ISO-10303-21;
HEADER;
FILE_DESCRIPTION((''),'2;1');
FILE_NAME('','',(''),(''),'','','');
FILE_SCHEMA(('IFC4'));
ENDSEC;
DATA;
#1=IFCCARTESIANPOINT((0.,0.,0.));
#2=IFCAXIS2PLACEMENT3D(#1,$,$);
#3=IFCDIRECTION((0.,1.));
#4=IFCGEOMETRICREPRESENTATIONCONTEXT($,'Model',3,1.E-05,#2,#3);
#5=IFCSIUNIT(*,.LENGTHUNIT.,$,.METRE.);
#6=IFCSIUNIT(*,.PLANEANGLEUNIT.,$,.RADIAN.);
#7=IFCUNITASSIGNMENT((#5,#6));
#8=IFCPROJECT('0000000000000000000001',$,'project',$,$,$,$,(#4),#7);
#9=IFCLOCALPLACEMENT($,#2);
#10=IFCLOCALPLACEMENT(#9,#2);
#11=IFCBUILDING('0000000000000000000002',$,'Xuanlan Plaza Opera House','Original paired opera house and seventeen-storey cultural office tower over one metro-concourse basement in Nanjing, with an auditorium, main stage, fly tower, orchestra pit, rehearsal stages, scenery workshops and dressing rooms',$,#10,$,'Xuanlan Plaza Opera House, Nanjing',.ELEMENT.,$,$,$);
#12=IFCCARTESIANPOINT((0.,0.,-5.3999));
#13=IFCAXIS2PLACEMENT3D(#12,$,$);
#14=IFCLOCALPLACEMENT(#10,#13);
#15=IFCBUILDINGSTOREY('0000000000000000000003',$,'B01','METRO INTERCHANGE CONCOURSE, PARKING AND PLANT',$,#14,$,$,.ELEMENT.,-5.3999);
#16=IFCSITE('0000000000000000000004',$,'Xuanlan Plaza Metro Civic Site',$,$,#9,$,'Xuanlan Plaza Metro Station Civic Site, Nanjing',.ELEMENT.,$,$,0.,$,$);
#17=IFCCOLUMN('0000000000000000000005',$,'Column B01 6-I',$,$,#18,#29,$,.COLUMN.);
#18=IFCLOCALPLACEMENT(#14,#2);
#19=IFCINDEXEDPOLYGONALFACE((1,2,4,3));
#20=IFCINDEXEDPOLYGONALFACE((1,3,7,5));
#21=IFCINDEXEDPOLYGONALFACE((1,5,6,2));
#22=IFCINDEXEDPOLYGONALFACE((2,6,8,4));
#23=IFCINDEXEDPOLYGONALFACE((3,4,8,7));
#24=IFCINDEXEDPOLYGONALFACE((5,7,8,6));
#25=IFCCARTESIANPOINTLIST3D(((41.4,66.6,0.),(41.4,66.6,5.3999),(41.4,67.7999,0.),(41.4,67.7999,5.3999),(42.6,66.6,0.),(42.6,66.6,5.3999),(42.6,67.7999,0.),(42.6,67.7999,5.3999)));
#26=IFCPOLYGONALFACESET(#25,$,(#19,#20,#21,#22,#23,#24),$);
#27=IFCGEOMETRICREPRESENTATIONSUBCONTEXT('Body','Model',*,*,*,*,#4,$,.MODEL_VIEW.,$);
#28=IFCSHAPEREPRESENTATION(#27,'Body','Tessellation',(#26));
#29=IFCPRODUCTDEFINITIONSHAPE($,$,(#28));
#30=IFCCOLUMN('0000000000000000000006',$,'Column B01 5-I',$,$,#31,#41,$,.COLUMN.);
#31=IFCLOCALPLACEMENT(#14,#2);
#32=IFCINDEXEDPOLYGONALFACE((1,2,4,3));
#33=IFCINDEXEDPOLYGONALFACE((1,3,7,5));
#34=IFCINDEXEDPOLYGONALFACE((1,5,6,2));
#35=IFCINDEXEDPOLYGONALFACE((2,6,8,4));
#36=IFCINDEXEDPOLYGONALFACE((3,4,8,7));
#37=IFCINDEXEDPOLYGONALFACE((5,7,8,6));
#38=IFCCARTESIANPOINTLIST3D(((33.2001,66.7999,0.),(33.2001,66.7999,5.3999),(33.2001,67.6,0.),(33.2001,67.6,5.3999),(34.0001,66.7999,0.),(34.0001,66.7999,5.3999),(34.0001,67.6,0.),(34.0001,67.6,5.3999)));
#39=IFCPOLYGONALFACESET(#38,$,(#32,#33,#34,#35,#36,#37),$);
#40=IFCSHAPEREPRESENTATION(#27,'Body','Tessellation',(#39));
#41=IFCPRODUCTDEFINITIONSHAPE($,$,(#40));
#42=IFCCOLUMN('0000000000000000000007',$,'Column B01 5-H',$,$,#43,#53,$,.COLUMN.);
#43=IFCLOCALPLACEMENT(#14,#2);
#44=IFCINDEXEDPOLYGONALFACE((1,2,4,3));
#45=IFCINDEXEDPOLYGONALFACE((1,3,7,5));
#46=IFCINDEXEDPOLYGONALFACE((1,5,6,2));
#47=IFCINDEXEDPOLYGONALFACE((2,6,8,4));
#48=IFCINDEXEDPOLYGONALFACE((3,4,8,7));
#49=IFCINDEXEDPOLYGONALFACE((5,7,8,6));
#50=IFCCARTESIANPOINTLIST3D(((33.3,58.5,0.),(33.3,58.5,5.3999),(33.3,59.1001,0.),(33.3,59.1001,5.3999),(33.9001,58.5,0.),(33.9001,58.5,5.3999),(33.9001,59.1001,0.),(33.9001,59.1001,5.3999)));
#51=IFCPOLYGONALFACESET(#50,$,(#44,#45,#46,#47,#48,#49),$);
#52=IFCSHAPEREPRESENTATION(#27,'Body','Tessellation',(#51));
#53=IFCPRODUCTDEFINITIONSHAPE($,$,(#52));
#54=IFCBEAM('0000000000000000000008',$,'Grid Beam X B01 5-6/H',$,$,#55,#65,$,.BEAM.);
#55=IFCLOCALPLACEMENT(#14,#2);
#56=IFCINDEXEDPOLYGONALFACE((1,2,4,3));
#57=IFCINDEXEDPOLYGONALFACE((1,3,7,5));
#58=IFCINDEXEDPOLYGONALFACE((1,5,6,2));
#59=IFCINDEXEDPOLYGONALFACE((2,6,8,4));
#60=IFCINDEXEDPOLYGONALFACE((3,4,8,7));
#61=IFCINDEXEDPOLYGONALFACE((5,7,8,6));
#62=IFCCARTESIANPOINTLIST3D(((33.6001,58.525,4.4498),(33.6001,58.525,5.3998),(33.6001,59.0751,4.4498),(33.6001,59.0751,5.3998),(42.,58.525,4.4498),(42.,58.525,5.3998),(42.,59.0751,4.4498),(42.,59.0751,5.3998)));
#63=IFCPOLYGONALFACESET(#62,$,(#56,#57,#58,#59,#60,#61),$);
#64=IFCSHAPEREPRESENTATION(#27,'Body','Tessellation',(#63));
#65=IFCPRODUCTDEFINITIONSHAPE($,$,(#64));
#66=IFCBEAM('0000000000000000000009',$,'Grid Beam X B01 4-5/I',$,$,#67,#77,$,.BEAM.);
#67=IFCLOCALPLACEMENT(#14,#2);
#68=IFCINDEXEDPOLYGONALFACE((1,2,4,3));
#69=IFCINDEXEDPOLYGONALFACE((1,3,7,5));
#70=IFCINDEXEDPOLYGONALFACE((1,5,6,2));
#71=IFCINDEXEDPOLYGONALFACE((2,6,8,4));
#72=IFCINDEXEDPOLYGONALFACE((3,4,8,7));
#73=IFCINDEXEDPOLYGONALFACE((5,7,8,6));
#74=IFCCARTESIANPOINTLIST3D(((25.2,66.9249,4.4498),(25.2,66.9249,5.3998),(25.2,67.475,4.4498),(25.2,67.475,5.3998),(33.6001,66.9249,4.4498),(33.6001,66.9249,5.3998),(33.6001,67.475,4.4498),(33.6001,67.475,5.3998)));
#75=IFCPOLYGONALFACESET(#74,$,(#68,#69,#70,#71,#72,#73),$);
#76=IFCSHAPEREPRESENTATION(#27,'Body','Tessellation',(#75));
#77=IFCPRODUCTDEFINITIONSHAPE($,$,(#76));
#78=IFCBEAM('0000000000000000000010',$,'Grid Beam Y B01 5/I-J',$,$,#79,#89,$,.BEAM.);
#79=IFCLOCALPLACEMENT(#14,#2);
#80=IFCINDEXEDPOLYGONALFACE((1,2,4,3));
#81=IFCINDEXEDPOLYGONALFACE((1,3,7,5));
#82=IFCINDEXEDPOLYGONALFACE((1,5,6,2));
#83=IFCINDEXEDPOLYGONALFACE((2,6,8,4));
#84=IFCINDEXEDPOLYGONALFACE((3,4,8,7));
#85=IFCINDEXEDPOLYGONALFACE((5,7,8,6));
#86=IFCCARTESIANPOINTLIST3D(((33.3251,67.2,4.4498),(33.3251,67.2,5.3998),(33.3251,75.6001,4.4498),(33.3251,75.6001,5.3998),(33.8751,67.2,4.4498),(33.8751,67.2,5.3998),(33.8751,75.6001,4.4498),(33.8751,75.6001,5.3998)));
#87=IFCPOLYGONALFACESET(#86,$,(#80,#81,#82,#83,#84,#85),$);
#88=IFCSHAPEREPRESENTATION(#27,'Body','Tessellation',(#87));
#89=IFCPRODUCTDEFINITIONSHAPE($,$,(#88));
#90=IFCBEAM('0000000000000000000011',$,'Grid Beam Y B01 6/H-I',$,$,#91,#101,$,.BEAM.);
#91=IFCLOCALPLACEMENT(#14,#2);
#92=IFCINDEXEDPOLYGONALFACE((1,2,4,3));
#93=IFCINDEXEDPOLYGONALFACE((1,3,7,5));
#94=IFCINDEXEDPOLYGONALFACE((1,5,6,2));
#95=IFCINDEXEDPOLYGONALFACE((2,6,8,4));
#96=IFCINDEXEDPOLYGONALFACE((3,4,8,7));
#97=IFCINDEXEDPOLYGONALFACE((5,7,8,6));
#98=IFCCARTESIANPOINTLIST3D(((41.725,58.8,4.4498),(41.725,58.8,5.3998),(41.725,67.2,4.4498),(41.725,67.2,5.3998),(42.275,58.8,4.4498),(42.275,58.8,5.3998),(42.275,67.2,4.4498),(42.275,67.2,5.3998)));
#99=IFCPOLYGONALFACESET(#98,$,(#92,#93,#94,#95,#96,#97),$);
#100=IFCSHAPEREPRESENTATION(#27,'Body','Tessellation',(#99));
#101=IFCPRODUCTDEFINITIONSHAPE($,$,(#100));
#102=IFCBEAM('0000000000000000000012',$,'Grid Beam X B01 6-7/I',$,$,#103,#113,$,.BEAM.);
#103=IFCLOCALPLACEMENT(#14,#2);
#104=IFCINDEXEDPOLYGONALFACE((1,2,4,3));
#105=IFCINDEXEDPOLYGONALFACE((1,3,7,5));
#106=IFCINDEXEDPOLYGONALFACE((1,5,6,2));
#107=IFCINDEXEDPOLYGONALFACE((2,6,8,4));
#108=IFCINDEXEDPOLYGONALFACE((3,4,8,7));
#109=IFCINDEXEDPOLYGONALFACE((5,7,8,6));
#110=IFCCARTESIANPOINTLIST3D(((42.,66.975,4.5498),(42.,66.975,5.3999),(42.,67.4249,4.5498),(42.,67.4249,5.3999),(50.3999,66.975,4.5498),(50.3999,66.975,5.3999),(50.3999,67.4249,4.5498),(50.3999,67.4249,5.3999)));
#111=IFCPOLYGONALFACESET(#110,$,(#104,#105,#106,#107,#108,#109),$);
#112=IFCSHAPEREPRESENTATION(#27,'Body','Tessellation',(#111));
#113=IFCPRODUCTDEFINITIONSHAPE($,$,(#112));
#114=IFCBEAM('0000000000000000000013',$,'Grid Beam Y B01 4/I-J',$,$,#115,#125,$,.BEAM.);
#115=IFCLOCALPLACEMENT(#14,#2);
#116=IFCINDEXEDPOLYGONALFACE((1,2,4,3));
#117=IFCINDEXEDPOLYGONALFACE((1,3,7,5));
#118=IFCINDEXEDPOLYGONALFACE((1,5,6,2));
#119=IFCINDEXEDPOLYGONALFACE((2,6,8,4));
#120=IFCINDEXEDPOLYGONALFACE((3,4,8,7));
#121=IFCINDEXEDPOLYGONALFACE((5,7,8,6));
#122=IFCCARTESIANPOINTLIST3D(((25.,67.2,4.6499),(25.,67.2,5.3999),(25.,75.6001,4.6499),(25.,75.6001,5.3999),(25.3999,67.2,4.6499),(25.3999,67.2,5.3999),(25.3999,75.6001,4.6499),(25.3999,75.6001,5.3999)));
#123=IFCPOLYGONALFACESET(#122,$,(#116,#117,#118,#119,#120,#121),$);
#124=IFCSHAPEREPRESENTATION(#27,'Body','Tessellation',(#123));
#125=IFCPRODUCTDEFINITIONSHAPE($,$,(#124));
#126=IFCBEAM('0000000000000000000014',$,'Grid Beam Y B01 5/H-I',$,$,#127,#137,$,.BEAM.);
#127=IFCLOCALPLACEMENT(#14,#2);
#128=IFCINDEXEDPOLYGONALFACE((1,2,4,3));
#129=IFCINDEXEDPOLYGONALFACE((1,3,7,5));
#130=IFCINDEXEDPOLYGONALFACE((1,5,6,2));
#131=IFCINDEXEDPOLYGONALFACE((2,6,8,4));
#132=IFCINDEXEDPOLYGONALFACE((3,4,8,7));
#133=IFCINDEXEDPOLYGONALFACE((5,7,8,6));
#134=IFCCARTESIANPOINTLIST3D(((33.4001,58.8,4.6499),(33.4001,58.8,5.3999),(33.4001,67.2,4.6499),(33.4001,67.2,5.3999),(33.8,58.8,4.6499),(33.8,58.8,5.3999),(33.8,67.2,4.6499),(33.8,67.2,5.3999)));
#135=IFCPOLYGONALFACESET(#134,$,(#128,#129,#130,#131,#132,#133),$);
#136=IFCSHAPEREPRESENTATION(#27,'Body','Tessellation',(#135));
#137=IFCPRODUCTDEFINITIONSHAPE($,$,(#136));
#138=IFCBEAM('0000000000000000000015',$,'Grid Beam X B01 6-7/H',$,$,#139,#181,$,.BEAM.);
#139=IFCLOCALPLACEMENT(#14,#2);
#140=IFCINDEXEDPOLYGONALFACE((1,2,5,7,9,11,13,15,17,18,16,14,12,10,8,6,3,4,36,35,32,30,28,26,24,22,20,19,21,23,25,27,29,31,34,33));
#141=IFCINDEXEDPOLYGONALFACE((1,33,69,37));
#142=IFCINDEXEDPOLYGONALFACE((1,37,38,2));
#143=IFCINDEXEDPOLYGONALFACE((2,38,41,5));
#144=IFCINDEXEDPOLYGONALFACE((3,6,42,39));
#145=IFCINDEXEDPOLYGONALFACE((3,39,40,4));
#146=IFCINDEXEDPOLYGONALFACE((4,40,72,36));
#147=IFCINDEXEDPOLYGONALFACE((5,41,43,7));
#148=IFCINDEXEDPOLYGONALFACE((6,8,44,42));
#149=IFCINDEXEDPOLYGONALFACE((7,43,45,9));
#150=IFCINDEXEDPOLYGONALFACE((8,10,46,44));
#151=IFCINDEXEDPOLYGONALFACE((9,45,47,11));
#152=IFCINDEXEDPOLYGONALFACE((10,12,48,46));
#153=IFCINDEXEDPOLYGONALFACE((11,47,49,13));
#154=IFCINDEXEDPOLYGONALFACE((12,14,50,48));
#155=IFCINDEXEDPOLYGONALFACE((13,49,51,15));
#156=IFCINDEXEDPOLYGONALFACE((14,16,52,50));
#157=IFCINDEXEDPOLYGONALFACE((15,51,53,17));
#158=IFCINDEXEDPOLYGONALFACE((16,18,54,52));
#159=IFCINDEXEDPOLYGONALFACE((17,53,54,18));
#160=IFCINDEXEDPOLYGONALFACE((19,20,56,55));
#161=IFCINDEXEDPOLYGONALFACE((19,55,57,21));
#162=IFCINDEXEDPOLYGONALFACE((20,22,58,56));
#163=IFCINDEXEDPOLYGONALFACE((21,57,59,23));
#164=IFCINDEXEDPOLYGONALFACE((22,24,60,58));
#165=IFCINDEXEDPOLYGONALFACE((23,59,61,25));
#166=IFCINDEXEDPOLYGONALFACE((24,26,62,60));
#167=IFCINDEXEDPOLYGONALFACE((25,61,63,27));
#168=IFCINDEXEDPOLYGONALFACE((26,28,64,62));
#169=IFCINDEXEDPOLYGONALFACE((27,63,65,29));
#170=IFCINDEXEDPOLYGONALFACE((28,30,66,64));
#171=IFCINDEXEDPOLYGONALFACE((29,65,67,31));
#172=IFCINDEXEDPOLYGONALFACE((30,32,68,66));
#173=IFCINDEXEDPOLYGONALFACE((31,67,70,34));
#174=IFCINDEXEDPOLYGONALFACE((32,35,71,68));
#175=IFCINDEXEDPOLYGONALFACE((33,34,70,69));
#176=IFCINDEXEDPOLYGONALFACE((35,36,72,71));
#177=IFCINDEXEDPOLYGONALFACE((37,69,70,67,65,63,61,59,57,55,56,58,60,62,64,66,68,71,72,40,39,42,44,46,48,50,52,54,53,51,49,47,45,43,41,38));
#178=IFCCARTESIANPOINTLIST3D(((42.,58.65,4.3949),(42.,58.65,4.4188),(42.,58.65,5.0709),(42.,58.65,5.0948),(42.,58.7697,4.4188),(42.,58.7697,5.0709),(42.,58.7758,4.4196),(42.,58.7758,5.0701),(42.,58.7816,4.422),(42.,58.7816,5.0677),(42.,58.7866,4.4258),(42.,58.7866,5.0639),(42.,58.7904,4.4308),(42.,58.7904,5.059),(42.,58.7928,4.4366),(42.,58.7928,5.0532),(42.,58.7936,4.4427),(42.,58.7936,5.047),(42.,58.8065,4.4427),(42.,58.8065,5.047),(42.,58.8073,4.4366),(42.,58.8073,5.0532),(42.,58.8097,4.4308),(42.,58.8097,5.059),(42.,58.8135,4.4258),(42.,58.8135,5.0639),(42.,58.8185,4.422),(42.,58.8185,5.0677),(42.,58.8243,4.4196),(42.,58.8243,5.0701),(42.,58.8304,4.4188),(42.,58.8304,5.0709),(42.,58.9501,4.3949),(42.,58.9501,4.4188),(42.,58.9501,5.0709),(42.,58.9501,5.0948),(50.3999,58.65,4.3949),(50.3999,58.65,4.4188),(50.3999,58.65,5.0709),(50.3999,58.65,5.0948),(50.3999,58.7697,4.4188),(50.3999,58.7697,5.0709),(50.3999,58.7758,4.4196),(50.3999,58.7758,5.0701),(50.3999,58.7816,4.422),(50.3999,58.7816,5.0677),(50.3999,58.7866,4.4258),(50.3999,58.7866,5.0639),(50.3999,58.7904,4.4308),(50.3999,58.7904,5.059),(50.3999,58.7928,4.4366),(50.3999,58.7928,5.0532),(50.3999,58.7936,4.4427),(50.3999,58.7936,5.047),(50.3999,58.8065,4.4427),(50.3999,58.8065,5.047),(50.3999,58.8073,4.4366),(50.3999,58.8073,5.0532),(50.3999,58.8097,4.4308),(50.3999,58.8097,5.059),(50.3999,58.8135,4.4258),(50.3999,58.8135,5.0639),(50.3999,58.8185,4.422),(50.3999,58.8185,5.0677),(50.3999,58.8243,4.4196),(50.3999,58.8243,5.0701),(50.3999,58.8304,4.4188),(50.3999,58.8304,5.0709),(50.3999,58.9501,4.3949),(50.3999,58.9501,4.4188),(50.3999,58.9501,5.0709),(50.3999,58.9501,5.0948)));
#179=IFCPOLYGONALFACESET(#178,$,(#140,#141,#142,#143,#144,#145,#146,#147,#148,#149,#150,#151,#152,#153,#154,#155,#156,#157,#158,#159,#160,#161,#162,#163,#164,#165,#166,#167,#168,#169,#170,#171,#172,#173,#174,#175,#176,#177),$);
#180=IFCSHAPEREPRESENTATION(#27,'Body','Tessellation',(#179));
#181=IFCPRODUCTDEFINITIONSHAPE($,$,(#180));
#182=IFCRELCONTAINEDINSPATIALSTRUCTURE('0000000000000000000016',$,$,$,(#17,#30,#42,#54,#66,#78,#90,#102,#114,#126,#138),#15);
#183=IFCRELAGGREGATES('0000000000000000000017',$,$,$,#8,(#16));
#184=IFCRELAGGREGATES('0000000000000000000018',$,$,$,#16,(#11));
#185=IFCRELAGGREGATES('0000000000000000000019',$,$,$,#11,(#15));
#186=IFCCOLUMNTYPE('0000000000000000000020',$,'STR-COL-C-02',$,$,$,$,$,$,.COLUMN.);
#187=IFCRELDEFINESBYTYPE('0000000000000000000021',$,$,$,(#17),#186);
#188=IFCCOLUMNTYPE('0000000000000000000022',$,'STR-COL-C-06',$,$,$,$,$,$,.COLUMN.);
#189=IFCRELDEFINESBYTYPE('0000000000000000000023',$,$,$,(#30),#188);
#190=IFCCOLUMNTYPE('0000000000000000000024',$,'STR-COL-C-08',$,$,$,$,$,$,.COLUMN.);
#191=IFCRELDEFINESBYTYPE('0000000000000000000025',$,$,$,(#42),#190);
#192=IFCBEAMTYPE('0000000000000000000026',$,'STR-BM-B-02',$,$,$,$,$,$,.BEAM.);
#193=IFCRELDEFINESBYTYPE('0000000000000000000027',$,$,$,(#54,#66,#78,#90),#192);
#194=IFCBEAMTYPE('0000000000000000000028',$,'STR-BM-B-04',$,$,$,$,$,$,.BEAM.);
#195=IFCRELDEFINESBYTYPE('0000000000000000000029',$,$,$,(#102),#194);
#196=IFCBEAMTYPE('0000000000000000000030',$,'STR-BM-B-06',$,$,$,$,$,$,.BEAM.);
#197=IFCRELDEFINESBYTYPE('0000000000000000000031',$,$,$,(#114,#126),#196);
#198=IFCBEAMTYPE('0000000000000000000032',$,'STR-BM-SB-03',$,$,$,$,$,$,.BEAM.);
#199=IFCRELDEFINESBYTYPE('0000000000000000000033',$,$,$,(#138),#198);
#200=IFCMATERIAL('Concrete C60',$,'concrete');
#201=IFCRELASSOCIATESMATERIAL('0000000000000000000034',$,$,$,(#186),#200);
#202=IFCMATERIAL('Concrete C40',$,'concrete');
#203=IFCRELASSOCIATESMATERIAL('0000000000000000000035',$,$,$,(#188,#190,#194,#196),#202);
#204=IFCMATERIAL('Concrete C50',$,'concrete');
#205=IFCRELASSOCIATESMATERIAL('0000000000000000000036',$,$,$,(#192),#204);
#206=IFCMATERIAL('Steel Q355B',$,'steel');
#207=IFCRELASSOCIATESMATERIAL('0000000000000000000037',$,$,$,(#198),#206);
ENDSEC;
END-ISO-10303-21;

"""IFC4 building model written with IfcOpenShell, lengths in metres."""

from ifc_helpers import new_model, si_unit, direction, frame, origin, origin_2d, place, context, subcontext, project, spatial, rectangle, i_section, extrude, material, material_profile, profile_set, type_object, element, save


model = new_model("IFC4")

# Units and contexts
model_context = context("Model", 3, precision=1e-05, world=origin(), true_north=direction((0.0, 1.0)))
body_context = subcontext(model_context, "Body", "Model", "MODEL_VIEW")
ifc_project = project(units=[si_unit("LENGTHUNIT", "METRE"), si_unit("PLANEANGLEUNIT", "RADIAN")], contexts=[model_context])

# Site, building, storey
site_placement = place(None, origin())
site = spatial("IfcSite", under=ifc_project, at=site_placement, Name="Xuanlan Plaza Metro Civic Site", LongName="Xuanlan Plaza Metro Station Civic Site, Nanjing", CompositionType="ELEMENT", RefElevation=0.0)
building_placement = place(site_placement, origin())
building = spatial("IfcBuilding", under=site, at=building_placement, Name="Xuanlan Plaza Opera House", Description="Original paired opera house and seventeen-storey cultural office tower over one metro-concourse basement in Nanjing, with an auditorium, main stage, fly tower, orchestra pit, rehearsal stages, scenery workshops and dressing rooms", LongName="Xuanlan Plaza Opera House, Nanjing", CompositionType="ELEMENT")
storey_placement = place(building_placement, frame((0.0, 0.0, -5.3999)))
storey = spatial("IfcBuildingStorey", under=building, at=storey_placement, Name="B01", Description="METRO INTERCHANGE CONCOURSE, PARKING AND PLANT", CompositionType="ELEMENT", Elevation=-5.3999)

# Shared definitions
ifc_material_1 = material(Name="Concrete C40", Category="concrete")
ifc_material_2 = material(Name="Concrete C50", Category="concrete")

# Columns
ifc_material_3 = material(Name="Concrete C60", Category="concrete")
ifc_material_profile_1 = material_profile(ifc_material_3, rectangle(XDim=1.2, YDim=1.2, at=origin_2d()), Name="RC-COL 1200x1200")
ifc_profile_set_1 = profile_set([ifc_material_profile_1], Name="Concrete C60")
column_type_1 = type_object("IfcColumnType", Name="STR-COL-C-02", PredefinedType="COLUMN", material=ifc_profile_set_1)
for number, where, z_axis, x_axis, name in (
    (1, (42.0, 67.2, 0.0), (0.0, 0.0, 1.0), (1.0, 0.0, 0.0), "Column B01 6-I"),
):
    element("IfcColumn", number, at=place(storey_placement, frame(where, z_axis=z_axis, x_axis=x_axis)), inside=storey, type_object=column_type_1, Name=name, PredefinedType="COLUMN", context=body_context, shape_type="SweptSolid", body=[
        extrude(rectangle(XDim=1.2, YDim=1.2, at=origin_2d()), origin(), (0.0, 0.0, 1.0), 5.3999),
    ])
ifc_material_profile_2 = material_profile(ifc_material_1, rectangle(XDim=0.8, YDim=0.8, at=origin_2d()), Name="RC-COL 800x800")
ifc_profile_set_2 = profile_set([ifc_material_profile_2], Name="Concrete C40")
column_type_2 = type_object("IfcColumnType", Name="STR-COL-C-06", PredefinedType="COLUMN", material=ifc_profile_set_2)
column_1_placement = place(storey_placement, frame((33.6001, 67.2, 0.0), z_axis=(0.0, 0.0, 1.0), x_axis=(1.0, 0.0, 0.0)))
element("IfcColumn", 2, at=column_1_placement, inside=storey, type_object=column_type_2, Name="Column B01 5-I", PredefinedType="COLUMN", context=body_context, shape_type="SweptSolid", body=[
    extrude(rectangle(XDim=0.8, YDim=0.8, at=origin_2d()), origin(), (0.0, 0.0, 1.0), 5.3999),
])
ifc_material_profile_3 = material_profile(ifc_material_1, rectangle(XDim=0.6001, YDim=0.6001, at=origin_2d()), Name="RC-COL 600x600")
ifc_profile_set_3 = profile_set([ifc_material_profile_3], Name="Concrete C40")
column_type_3 = type_object("IfcColumnType", Name="STR-COL-C-08", PredefinedType="COLUMN", material=ifc_profile_set_3)
column_2_placement = place(storey_placement, frame((33.6001, 58.8, 0.0), z_axis=(0.0, 0.0, 1.0), x_axis=(1.0, 0.0, 0.0)))
element("IfcColumn", 3, at=column_2_placement, inside=storey, type_object=column_type_3, Name="Column B01 5-H", PredefinedType="COLUMN", context=body_context, shape_type="SweptSolid", body=[
    extrude(rectangle(XDim=0.6001, YDim=0.6001, at=origin_2d()), origin(), (0.0, 0.0, 1.0), 5.3999),
])

# Beams
ifc_material_profile_4 = material_profile(ifc_material_2, rectangle(XDim=0.55, YDim=0.95, at=origin_2d()), Name="RC-BM 550x950")
ifc_profile_set_4 = profile_set([ifc_material_profile_4], Name="Concrete C50")
beam_type_1 = type_object("IfcBeamType", Name="STR-BM-B-02", PredefinedType="BEAM", material=ifc_profile_set_4)
beam_1_placement = place(storey_placement, frame((33.6001, 58.8, 4.9248), z_axis=(1.0, 0.0, 0.0), x_axis=(0.0, 1.0, 0.0)))
element("IfcBeam", 4, at=beam_1_placement, inside=storey, type_object=beam_type_1, Name="Grid Beam X B01 5-6/H", PredefinedType="BEAM", context=body_context, shape_type="SweptSolid", body=[
    extrude(rectangle(XDim=0.55, YDim=0.95, at=origin_2d()), origin(), (0.0, 0.0, 1.0), 8.3999),
])
for number, where, z_axis, x_axis, name in (
    (5, (25.2, 67.2, 4.9248), (1.0, 0.0, 0.0), (0.0, 1.0, 0.0), "Grid Beam X B01 4-5/I"),
    (6, (33.6001, 67.2, 4.9248), (0.0, 1.0, 0.0), (-1.0, 0.0, 0.0), "Grid Beam Y B01 5/I-J"),
):
    element("IfcBeam", number, at=place(storey_placement, frame(where, z_axis=z_axis, x_axis=x_axis)), inside=storey, type_object=beam_type_1, Name=name, PredefinedType="BEAM", context=body_context, shape_type="SweptSolid", body=[
        extrude(rectangle(XDim=0.55, YDim=0.95, at=origin_2d()), origin(), (0.0, 0.0, 1.0), 8.4001),
    ])
beam_2_placement = place(storey_placement, frame((42.0, 58.8, 4.9248), z_axis=(0.0, 1.0, 0.0), x_axis=(-1.0, 0.0, 0.0)))
element("IfcBeam", 7, at=beam_2_placement, inside=storey, type_object=beam_type_1, Name="Grid Beam Y B01 6/H-I", PredefinedType="BEAM", context=body_context, shape_type="SweptSolid", body=[
    extrude(rectangle(XDim=0.55, YDim=0.95, at=origin_2d()), origin(), (0.0, 0.0, 1.0), 8.3999),
])
ifc_material_profile_5 = material_profile(ifc_material_1, rectangle(XDim=0.45, YDim=0.8501, at=origin_2d()), Name="RC-BM 450x850")
ifc_profile_set_5 = profile_set([ifc_material_profile_5], Name="Concrete C40")
beam_type_2 = type_object("IfcBeamType", Name="STR-BM-B-04", PredefinedType="BEAM", material=ifc_profile_set_5)
beam_3_placement = place(storey_placement, frame((42.0, 67.2, 4.9749), z_axis=(1.0, 0.0, 0.0), x_axis=(0.0, 1.0, 0.0)))
element("IfcBeam", 8, at=beam_3_placement, inside=storey, type_object=beam_type_2, Name="Grid Beam X B01 6-7/I", PredefinedType="BEAM", context=body_context, shape_type="SweptSolid", body=[
    extrude(rectangle(XDim=0.45, YDim=0.8501, at=origin_2d()), origin(), (0.0, 0.0, 1.0), 8.3999),
])
ifc_material_profile_6 = material_profile(ifc_material_1, rectangle(XDim=0.3999, YDim=0.75, at=origin_2d()), Name="RC-BM 400x750")
ifc_profile_set_6 = profile_set([ifc_material_profile_6], Name="Concrete C40")
beam_type_3 = type_object("IfcBeamType", Name="STR-BM-B-06", PredefinedType="BEAM", material=ifc_profile_set_6)
beam_4_placement = place(storey_placement, frame((25.2, 67.2, 5.0249), z_axis=(0.0, 1.0, 0.0), x_axis=(-1.0, 0.0, 0.0)))
element("IfcBeam", 9, at=beam_4_placement, inside=storey, type_object=beam_type_3, Name="Grid Beam Y B01 4/I-J", PredefinedType="BEAM", context=body_context, shape_type="SweptSolid", body=[
    extrude(rectangle(XDim=0.3999, YDim=0.75, at=origin_2d()), origin(), (0.0, 0.0, 1.0), 8.4001),
])
beam_5_placement = place(storey_placement, frame((33.6001, 58.8, 5.0249), z_axis=(0.0, 1.0, 0.0), x_axis=(-1.0, 0.0, 0.0)))
element("IfcBeam", 10, at=beam_5_placement, inside=storey, type_object=beam_type_3, Name="Grid Beam Y B01 5/H-I", PredefinedType="BEAM", context=body_context, shape_type="SweptSolid", body=[
    extrude(rectangle(XDim=0.3999, YDim=0.75, at=origin_2d()), origin(), (0.0, 0.0, 1.0), 8.3999),
])
ifc_material_4 = material(Name="Steel Q355B", Category="steel")
ifc_material_profile_7 = material_profile(ifc_material_4, i_section(OverallWidth=0.3, OverallDepth=0.7, WebThickness=0.0129, FlangeThickness=0.0239, FilletRadius=0.0239, at=origin_2d()), Name="HN 700x300x13x24")
ifc_profile_set_7 = profile_set([ifc_material_profile_7], Name="Steel Q355B")
beam_type_4 = type_object("IfcBeamType", Name="STR-BM-SB-03", PredefinedType="BEAM", material=ifc_profile_set_7)
for number, where, z_axis, x_axis, name in (
    (11, (42.0, 58.8, 4.7449), (1.0, 0.0, 0.0), (0.0, 1.0, 0.0), "Grid Beam X B01 6-7/H"),
):
    element("IfcBeam", number, at=place(storey_placement, frame(where, z_axis=z_axis, x_axis=x_axis)), inside=storey, type_object=beam_type_4, Name=name, PredefinedType="BEAM", context=body_context, shape_type="SweptSolid", body=[
        extrude(i_section(OverallWidth=0.3, OverallDepth=0.7, WebThickness=0.0129, FlangeThickness=0.0239, FilletRadius=0.0239, at=origin_2d()), origin(), (0.0, 0.0, 1.0), 8.3999),
    ])

save(model, "model.ifc")
